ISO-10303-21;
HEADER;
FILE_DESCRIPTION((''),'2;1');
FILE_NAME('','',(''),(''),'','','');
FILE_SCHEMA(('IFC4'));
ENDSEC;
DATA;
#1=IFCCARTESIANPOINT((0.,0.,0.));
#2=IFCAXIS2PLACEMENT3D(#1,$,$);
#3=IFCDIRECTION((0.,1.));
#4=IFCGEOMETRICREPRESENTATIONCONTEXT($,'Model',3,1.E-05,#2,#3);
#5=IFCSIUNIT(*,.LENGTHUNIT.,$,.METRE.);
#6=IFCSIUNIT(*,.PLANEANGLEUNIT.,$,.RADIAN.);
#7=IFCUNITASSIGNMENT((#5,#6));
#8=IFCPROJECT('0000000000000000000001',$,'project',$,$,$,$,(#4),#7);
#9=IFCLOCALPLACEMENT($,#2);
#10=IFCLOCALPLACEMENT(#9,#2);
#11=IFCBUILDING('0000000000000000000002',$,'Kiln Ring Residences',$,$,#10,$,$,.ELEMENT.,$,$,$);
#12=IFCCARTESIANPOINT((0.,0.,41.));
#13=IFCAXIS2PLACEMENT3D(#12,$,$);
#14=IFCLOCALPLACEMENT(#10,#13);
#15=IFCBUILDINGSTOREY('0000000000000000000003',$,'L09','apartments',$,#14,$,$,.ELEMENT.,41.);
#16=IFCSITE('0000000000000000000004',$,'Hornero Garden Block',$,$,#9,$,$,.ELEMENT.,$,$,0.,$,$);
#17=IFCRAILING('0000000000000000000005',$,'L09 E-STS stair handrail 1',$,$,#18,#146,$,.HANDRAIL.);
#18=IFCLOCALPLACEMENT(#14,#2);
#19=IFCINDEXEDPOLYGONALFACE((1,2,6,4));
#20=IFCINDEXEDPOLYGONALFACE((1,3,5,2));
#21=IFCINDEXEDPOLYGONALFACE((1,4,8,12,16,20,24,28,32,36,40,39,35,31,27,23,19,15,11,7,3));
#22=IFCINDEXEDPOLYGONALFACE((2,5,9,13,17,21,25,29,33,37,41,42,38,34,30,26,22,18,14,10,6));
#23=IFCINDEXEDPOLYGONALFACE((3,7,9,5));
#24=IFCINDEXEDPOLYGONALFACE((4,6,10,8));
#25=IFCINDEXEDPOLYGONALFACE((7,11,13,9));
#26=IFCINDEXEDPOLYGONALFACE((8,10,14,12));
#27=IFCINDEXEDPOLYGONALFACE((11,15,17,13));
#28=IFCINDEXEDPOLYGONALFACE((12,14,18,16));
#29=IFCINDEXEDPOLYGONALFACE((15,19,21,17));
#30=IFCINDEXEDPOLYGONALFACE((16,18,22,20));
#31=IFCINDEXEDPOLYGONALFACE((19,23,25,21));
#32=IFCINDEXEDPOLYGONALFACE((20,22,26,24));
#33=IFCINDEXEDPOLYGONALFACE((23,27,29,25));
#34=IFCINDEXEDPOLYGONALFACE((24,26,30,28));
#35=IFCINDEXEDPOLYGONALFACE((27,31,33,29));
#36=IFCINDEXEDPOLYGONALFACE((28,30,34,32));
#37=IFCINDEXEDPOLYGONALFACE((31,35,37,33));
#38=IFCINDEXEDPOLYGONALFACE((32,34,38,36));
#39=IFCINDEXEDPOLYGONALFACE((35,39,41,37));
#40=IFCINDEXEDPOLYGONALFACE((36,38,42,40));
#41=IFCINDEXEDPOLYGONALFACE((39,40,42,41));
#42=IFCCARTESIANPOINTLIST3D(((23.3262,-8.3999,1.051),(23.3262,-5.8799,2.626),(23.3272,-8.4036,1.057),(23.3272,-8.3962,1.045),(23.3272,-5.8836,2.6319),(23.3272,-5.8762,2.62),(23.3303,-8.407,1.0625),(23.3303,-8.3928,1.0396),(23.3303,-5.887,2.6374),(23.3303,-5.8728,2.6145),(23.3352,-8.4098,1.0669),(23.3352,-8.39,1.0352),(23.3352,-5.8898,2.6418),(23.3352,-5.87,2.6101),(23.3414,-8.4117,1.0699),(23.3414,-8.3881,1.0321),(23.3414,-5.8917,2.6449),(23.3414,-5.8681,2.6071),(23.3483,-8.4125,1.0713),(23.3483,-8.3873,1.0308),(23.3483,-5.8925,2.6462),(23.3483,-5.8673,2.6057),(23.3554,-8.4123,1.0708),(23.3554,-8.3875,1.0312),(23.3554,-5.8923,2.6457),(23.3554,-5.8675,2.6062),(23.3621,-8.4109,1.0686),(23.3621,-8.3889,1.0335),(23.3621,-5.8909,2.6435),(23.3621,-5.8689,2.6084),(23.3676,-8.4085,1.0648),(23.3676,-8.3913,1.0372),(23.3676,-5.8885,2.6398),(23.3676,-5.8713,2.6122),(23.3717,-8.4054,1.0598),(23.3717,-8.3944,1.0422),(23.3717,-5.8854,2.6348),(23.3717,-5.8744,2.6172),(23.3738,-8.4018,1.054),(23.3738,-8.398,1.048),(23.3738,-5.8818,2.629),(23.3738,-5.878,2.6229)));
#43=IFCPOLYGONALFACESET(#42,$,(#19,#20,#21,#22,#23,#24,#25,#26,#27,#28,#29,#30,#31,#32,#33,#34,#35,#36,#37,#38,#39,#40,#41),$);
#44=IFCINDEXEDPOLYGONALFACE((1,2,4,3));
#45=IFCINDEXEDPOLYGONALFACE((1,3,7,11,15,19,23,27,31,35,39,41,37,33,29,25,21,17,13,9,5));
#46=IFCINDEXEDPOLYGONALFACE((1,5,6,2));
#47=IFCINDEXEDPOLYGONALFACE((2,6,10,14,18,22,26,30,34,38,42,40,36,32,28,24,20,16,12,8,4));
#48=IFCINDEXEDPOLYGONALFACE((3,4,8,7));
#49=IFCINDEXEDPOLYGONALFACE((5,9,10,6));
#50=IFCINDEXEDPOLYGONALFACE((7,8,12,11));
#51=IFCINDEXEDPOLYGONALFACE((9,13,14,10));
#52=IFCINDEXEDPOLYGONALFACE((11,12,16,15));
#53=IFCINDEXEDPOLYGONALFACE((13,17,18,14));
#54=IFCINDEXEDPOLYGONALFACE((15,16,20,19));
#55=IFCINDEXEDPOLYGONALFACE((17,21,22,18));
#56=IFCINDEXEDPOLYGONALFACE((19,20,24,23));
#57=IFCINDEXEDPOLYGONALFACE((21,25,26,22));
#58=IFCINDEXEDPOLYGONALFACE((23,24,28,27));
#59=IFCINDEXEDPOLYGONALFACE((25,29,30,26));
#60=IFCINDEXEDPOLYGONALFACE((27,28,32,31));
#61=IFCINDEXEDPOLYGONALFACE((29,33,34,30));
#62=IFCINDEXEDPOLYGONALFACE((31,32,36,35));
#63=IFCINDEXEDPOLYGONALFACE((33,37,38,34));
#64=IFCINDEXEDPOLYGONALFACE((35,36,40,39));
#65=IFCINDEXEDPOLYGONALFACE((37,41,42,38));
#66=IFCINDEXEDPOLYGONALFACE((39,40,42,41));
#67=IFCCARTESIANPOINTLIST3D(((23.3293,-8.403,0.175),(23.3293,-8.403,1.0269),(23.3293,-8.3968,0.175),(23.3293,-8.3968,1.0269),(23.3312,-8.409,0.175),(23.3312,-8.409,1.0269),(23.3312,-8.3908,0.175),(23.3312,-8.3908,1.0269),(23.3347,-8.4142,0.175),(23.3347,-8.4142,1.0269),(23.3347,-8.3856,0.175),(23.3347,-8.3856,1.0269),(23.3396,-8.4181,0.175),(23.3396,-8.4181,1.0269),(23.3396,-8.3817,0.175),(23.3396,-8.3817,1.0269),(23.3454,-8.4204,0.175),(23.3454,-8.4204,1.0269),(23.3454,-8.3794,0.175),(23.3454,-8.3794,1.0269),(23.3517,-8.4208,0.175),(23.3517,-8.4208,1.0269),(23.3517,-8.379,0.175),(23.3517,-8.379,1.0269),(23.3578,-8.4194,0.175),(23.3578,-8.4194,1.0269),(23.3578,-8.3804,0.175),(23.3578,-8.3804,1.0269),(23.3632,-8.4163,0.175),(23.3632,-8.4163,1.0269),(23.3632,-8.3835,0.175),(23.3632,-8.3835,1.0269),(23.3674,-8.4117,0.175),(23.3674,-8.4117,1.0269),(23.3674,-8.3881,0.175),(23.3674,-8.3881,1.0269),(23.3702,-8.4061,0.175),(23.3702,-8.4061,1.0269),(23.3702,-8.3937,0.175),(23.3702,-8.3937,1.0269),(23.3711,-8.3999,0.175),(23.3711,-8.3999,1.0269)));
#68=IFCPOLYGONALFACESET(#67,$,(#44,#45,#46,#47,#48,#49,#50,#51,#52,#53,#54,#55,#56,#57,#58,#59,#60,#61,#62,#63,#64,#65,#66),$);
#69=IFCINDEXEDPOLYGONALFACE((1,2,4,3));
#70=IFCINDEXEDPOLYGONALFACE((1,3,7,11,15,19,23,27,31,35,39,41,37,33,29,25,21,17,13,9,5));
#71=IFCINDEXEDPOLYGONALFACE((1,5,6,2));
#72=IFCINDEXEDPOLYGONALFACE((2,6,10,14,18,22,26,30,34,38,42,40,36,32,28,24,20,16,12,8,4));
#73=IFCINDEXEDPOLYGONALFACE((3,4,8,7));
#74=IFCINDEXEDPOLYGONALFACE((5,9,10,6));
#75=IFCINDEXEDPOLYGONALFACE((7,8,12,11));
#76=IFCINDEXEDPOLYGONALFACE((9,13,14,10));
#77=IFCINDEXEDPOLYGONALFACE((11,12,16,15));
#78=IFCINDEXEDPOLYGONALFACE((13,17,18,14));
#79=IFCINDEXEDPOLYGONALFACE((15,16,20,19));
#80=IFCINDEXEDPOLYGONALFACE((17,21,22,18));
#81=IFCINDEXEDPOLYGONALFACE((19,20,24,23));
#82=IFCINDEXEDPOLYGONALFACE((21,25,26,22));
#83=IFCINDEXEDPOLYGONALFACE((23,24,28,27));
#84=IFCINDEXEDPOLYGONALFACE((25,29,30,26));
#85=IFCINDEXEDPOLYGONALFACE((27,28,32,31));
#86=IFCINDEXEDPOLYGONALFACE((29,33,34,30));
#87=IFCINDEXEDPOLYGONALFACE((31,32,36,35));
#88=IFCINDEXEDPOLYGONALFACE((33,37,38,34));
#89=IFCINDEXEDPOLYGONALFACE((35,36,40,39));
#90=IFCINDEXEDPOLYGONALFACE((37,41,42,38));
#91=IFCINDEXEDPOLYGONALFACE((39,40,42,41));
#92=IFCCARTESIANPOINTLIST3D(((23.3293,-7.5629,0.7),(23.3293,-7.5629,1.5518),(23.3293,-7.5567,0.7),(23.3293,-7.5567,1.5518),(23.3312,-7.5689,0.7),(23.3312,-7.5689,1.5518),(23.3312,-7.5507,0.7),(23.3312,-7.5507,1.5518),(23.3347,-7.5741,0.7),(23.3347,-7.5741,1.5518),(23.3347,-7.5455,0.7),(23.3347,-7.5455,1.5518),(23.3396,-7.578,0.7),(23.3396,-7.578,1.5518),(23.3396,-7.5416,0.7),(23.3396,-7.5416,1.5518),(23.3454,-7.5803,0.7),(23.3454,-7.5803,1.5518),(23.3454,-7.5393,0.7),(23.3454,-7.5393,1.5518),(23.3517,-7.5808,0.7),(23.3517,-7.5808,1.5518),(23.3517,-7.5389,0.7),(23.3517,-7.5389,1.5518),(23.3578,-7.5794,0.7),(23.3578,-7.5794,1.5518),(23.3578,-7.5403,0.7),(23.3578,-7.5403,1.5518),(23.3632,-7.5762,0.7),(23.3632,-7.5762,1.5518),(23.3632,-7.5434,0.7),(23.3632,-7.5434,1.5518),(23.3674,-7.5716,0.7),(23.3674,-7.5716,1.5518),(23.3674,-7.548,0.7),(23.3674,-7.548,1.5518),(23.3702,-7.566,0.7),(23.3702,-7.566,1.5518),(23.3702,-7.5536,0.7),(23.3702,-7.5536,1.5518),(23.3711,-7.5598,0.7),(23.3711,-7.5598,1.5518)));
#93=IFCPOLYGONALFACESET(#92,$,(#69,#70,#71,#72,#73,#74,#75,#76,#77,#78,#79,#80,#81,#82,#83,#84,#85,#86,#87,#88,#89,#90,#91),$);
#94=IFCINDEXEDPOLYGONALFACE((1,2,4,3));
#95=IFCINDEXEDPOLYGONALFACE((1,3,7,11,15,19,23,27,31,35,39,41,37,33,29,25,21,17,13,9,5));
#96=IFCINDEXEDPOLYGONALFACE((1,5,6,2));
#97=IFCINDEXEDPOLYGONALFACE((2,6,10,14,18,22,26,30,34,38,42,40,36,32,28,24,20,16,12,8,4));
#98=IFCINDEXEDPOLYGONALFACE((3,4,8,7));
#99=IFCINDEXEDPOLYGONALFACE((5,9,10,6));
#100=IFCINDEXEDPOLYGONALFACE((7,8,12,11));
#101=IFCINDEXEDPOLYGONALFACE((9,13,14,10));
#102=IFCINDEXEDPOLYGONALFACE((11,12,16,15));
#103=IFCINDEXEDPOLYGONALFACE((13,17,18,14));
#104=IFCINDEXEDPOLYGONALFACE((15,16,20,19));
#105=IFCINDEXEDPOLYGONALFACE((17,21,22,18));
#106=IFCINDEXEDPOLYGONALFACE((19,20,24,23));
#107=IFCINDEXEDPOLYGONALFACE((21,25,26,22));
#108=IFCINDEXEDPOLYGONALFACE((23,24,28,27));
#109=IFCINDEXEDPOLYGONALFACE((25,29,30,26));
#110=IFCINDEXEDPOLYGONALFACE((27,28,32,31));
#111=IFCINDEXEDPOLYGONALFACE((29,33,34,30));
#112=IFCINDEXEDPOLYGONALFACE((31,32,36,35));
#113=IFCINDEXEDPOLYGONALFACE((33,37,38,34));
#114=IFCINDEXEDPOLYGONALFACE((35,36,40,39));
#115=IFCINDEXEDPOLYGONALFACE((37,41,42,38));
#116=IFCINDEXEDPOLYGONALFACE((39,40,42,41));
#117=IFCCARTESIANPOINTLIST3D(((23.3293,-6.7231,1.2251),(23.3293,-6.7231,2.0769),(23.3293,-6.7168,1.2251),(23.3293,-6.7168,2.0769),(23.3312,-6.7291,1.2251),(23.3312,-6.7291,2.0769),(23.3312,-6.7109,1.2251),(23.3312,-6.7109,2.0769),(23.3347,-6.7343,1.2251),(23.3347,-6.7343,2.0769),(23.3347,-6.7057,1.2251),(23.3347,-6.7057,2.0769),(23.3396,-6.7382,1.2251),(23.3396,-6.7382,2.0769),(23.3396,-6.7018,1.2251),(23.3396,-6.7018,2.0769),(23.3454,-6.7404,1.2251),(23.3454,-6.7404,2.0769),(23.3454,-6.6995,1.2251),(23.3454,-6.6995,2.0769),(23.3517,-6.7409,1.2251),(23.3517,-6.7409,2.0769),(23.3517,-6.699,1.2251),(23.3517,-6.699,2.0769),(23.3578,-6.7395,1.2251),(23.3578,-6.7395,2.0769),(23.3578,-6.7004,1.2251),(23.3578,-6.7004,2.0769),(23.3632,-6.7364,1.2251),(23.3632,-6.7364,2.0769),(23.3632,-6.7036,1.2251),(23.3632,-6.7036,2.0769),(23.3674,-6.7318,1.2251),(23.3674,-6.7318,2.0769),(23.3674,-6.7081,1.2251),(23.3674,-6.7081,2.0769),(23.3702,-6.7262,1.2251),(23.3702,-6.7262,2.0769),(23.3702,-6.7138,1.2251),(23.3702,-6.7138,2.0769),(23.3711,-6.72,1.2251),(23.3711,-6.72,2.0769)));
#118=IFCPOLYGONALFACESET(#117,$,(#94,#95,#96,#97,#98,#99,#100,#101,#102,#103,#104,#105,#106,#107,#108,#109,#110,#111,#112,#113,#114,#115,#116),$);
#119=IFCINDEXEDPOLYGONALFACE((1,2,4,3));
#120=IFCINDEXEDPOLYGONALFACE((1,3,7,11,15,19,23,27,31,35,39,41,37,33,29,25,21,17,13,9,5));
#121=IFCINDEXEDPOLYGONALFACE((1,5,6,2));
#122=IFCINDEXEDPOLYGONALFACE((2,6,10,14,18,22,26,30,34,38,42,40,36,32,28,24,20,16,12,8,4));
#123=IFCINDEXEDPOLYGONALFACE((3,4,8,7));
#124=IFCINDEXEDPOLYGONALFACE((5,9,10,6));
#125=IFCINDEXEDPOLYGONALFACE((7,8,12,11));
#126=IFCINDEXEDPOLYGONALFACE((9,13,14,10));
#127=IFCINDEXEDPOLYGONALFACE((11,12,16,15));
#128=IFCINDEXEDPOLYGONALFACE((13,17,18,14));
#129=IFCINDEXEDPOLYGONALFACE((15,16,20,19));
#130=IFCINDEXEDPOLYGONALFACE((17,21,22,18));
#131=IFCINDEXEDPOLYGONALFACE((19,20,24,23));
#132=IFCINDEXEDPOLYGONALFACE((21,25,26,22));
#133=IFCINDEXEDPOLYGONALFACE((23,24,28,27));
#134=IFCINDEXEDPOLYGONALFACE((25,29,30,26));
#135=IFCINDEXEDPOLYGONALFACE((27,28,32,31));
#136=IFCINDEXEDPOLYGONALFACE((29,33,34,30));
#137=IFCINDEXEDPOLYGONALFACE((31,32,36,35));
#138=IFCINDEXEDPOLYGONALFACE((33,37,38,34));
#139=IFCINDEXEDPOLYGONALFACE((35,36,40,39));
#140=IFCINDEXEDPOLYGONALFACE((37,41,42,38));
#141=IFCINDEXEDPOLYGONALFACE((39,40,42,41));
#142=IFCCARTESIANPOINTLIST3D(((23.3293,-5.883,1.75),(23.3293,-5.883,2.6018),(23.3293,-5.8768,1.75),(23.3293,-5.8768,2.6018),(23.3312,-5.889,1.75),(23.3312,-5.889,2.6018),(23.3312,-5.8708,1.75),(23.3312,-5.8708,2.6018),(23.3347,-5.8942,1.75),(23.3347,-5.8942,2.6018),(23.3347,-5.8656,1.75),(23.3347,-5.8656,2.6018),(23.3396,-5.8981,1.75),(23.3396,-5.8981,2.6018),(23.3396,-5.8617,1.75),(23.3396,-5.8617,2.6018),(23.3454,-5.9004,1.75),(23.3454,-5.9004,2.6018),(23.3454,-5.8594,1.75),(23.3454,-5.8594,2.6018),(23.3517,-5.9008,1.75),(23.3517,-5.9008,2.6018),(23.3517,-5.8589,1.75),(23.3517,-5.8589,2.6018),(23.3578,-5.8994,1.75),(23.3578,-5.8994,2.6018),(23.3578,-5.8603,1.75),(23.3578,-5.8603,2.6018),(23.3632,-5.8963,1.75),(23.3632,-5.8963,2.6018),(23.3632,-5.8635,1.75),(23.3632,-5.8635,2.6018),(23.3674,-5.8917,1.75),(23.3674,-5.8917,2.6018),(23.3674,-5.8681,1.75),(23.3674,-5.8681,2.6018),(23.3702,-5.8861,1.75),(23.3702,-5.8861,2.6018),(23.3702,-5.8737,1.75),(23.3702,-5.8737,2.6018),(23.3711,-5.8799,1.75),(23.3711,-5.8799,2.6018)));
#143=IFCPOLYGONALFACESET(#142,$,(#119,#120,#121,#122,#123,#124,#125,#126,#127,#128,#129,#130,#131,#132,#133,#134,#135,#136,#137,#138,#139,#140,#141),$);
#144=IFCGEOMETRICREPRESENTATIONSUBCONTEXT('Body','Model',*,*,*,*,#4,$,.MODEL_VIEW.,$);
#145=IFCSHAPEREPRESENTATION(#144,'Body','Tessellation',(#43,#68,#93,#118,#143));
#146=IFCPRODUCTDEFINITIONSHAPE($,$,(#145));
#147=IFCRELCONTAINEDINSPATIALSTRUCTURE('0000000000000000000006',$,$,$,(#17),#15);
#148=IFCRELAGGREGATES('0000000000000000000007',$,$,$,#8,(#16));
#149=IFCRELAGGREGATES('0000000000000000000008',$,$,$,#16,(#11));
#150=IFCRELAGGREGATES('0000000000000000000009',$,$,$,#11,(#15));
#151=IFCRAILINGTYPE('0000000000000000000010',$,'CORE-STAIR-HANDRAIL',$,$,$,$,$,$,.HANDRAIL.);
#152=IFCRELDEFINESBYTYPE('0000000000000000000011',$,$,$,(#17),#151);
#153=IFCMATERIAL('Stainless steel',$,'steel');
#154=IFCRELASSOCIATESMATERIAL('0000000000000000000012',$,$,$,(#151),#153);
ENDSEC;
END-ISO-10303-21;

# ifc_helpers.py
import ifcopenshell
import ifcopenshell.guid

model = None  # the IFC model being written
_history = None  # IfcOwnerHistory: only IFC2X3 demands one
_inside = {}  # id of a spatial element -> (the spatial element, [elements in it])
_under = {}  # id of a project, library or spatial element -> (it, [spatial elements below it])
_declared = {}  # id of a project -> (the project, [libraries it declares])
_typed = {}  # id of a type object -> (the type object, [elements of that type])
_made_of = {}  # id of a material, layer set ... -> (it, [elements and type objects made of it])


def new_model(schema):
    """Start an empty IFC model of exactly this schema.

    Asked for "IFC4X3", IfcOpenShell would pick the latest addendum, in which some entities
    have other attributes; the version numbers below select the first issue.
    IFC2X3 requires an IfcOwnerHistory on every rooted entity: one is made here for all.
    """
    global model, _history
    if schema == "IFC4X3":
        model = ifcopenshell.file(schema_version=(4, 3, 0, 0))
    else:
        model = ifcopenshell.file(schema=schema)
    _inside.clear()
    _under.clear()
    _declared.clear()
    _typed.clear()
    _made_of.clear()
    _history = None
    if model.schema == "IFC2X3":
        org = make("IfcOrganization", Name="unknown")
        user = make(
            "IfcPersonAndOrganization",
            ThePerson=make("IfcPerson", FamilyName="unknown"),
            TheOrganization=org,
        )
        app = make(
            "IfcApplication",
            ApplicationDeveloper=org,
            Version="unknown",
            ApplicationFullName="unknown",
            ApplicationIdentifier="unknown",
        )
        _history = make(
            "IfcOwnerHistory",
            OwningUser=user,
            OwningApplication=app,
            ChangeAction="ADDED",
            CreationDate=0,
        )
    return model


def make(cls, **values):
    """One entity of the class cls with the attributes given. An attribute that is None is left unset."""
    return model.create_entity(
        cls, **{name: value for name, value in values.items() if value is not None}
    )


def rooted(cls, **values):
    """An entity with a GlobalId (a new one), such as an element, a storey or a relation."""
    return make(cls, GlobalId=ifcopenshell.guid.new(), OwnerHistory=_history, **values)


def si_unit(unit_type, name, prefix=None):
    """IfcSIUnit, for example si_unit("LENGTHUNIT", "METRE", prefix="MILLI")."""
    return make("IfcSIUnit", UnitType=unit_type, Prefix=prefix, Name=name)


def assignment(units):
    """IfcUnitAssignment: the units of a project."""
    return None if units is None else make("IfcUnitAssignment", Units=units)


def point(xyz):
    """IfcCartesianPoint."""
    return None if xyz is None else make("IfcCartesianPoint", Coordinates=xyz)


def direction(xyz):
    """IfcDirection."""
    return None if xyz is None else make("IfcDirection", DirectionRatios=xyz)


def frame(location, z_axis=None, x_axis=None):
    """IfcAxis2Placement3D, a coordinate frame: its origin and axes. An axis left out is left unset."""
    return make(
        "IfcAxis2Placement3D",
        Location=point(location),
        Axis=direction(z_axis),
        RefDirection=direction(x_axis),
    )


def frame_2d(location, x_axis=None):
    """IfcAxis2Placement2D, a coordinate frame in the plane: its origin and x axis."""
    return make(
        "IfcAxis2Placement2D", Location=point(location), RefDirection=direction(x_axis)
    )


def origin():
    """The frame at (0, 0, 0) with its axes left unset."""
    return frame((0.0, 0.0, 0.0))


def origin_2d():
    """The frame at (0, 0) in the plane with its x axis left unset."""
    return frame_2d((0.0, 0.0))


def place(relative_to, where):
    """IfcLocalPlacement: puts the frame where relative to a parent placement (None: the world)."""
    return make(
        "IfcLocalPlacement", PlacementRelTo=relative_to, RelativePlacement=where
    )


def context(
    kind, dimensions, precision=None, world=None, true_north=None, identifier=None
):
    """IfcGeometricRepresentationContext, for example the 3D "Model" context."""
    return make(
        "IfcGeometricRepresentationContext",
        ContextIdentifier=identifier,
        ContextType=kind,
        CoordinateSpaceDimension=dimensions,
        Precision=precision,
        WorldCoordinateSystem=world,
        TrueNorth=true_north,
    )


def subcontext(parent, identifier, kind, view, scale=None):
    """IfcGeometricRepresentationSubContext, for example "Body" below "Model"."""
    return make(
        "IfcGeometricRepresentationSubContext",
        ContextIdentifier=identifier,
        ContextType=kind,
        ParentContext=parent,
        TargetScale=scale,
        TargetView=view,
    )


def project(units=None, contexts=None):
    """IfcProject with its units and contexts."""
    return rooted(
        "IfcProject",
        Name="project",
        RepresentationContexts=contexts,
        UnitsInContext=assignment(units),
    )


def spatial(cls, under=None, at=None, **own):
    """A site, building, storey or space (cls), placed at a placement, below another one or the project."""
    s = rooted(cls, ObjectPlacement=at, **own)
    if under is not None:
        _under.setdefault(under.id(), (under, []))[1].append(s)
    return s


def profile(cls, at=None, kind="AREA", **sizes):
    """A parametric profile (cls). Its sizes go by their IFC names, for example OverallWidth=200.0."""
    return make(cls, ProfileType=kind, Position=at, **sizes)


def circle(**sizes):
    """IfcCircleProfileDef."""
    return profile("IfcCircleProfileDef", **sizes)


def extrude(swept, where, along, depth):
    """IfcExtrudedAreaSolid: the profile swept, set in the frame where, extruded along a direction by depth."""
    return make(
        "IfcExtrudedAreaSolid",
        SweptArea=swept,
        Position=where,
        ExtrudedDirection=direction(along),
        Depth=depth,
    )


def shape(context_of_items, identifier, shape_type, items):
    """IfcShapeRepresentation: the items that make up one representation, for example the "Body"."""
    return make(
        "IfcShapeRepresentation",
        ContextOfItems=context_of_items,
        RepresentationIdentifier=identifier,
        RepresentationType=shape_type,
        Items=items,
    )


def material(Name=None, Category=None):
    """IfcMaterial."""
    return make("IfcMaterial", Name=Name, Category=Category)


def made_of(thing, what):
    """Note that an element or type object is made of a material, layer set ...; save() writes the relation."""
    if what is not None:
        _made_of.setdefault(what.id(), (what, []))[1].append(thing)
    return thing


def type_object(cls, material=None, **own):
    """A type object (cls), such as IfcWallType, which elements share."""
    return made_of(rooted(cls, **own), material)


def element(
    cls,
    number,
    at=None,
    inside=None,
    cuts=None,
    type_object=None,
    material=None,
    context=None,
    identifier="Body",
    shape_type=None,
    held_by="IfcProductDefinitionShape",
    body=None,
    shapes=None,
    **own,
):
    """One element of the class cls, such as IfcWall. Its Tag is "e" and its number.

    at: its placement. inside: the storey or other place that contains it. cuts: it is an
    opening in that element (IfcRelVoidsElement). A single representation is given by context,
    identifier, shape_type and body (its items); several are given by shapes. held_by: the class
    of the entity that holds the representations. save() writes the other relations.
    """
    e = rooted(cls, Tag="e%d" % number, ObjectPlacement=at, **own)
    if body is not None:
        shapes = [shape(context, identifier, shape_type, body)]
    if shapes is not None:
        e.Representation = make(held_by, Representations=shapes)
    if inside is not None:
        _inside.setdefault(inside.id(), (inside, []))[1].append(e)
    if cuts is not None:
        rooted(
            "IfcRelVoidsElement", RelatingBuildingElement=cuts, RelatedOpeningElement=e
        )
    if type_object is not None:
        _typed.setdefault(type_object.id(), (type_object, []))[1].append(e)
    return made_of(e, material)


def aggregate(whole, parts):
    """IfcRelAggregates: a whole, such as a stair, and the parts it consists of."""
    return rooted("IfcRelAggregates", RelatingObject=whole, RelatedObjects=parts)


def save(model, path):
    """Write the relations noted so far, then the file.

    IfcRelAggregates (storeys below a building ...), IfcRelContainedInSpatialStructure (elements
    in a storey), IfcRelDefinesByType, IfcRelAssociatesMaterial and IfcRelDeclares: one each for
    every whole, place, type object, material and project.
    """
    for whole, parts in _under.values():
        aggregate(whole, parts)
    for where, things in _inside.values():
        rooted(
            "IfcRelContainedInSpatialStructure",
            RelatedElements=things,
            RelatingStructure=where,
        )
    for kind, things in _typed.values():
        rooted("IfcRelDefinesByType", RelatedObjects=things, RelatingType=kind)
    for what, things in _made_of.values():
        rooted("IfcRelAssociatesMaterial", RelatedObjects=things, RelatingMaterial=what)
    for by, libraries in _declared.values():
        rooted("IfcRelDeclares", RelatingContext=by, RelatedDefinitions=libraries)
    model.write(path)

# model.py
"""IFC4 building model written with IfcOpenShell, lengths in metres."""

from ifc_helpers import new_model, si_unit, direction, frame, origin, origin_2d, place, context, subcontext, project, spatial, circle, extrude, material, type_object, element, save


model = new_model("IFC4")

# Units and contexts
model_context = context("Model", 3, precision=1e-05, world=origin(), true_north=direction((0.0, 1.0)))
body_context = subcontext(model_context, "Body", "Model", "MODEL_VIEW")
ifc_project = project(units=[si_unit("LENGTHUNIT", "METRE"), si_unit("PLANEANGLEUNIT", "RADIAN")], contexts=[model_context])

# Site, building, storey
site_placement = place(None, origin())
site = spatial("IfcSite", under=ifc_project, at=site_placement, Name="Hornero Garden Block", CompositionType="ELEMENT", RefElevation=0.0)
building_placement = place(site_placement, origin())
building = spatial("IfcBuilding", under=site, at=building_placement, Name="Kiln Ring Residences", CompositionType="ELEMENT")
storey_placement = place(building_placement, frame((0.0, 0.0, 41.0)))
storey = spatial("IfcBuildingStorey", under=building, at=storey_placement, Name="L09", Description="apartments", CompositionType="ELEMENT", Elevation=41.0)

# Railing
ifc_material_1 = material(Name="Stainless steel", Category="steel")
railing_type_1 = type_object("IfcRailingType", Name="CORE-STAIR-HANDRAIL", PredefinedType="HANDRAIL", material=ifc_material_1)
railing_1_placement = place(storey_placement, frame((23.3501, -8.3999, 0.175)))
element("IfcRailing", 1, at=railing_1_placement, inside=storey, type_object=railing_type_1, Name="L09 E-STS stair handrail 1", PredefinedType="HANDRAIL", context=body_context, shape_type="SweptSolid", body=[
    extrude(circle(Radius=0.0239, at=origin_2d()), frame((0.0, 0.0, 0.876), z_axis=(0.0, 0.848008, 0.529984), x_axis=(-1.0, 0.0, 0.0)), (0.0, 0.0, 1.0), 2.9717),
    extrude(circle(Radius=0.021, at=origin_2d()), origin(), (0.0, 0.0, 1.0), 0.8518),
    extrude(circle(Radius=0.021, at=origin_2d()), frame((0.0, 0.8401, 0.5249)), (0.0, 0.0, 1.0), 0.8518),
    extrude(circle(Radius=0.021, at=origin_2d()), frame((0.0, 1.6799, 1.05)), (0.0, 0.0, 1.0), 0.8518),
    extrude(circle(Radius=0.021, at=origin_2d()), frame((0.0, 2.52, 1.575)), (0.0, 0.0, 1.0), 0.8518),
])

save(model, "model.ifc")
